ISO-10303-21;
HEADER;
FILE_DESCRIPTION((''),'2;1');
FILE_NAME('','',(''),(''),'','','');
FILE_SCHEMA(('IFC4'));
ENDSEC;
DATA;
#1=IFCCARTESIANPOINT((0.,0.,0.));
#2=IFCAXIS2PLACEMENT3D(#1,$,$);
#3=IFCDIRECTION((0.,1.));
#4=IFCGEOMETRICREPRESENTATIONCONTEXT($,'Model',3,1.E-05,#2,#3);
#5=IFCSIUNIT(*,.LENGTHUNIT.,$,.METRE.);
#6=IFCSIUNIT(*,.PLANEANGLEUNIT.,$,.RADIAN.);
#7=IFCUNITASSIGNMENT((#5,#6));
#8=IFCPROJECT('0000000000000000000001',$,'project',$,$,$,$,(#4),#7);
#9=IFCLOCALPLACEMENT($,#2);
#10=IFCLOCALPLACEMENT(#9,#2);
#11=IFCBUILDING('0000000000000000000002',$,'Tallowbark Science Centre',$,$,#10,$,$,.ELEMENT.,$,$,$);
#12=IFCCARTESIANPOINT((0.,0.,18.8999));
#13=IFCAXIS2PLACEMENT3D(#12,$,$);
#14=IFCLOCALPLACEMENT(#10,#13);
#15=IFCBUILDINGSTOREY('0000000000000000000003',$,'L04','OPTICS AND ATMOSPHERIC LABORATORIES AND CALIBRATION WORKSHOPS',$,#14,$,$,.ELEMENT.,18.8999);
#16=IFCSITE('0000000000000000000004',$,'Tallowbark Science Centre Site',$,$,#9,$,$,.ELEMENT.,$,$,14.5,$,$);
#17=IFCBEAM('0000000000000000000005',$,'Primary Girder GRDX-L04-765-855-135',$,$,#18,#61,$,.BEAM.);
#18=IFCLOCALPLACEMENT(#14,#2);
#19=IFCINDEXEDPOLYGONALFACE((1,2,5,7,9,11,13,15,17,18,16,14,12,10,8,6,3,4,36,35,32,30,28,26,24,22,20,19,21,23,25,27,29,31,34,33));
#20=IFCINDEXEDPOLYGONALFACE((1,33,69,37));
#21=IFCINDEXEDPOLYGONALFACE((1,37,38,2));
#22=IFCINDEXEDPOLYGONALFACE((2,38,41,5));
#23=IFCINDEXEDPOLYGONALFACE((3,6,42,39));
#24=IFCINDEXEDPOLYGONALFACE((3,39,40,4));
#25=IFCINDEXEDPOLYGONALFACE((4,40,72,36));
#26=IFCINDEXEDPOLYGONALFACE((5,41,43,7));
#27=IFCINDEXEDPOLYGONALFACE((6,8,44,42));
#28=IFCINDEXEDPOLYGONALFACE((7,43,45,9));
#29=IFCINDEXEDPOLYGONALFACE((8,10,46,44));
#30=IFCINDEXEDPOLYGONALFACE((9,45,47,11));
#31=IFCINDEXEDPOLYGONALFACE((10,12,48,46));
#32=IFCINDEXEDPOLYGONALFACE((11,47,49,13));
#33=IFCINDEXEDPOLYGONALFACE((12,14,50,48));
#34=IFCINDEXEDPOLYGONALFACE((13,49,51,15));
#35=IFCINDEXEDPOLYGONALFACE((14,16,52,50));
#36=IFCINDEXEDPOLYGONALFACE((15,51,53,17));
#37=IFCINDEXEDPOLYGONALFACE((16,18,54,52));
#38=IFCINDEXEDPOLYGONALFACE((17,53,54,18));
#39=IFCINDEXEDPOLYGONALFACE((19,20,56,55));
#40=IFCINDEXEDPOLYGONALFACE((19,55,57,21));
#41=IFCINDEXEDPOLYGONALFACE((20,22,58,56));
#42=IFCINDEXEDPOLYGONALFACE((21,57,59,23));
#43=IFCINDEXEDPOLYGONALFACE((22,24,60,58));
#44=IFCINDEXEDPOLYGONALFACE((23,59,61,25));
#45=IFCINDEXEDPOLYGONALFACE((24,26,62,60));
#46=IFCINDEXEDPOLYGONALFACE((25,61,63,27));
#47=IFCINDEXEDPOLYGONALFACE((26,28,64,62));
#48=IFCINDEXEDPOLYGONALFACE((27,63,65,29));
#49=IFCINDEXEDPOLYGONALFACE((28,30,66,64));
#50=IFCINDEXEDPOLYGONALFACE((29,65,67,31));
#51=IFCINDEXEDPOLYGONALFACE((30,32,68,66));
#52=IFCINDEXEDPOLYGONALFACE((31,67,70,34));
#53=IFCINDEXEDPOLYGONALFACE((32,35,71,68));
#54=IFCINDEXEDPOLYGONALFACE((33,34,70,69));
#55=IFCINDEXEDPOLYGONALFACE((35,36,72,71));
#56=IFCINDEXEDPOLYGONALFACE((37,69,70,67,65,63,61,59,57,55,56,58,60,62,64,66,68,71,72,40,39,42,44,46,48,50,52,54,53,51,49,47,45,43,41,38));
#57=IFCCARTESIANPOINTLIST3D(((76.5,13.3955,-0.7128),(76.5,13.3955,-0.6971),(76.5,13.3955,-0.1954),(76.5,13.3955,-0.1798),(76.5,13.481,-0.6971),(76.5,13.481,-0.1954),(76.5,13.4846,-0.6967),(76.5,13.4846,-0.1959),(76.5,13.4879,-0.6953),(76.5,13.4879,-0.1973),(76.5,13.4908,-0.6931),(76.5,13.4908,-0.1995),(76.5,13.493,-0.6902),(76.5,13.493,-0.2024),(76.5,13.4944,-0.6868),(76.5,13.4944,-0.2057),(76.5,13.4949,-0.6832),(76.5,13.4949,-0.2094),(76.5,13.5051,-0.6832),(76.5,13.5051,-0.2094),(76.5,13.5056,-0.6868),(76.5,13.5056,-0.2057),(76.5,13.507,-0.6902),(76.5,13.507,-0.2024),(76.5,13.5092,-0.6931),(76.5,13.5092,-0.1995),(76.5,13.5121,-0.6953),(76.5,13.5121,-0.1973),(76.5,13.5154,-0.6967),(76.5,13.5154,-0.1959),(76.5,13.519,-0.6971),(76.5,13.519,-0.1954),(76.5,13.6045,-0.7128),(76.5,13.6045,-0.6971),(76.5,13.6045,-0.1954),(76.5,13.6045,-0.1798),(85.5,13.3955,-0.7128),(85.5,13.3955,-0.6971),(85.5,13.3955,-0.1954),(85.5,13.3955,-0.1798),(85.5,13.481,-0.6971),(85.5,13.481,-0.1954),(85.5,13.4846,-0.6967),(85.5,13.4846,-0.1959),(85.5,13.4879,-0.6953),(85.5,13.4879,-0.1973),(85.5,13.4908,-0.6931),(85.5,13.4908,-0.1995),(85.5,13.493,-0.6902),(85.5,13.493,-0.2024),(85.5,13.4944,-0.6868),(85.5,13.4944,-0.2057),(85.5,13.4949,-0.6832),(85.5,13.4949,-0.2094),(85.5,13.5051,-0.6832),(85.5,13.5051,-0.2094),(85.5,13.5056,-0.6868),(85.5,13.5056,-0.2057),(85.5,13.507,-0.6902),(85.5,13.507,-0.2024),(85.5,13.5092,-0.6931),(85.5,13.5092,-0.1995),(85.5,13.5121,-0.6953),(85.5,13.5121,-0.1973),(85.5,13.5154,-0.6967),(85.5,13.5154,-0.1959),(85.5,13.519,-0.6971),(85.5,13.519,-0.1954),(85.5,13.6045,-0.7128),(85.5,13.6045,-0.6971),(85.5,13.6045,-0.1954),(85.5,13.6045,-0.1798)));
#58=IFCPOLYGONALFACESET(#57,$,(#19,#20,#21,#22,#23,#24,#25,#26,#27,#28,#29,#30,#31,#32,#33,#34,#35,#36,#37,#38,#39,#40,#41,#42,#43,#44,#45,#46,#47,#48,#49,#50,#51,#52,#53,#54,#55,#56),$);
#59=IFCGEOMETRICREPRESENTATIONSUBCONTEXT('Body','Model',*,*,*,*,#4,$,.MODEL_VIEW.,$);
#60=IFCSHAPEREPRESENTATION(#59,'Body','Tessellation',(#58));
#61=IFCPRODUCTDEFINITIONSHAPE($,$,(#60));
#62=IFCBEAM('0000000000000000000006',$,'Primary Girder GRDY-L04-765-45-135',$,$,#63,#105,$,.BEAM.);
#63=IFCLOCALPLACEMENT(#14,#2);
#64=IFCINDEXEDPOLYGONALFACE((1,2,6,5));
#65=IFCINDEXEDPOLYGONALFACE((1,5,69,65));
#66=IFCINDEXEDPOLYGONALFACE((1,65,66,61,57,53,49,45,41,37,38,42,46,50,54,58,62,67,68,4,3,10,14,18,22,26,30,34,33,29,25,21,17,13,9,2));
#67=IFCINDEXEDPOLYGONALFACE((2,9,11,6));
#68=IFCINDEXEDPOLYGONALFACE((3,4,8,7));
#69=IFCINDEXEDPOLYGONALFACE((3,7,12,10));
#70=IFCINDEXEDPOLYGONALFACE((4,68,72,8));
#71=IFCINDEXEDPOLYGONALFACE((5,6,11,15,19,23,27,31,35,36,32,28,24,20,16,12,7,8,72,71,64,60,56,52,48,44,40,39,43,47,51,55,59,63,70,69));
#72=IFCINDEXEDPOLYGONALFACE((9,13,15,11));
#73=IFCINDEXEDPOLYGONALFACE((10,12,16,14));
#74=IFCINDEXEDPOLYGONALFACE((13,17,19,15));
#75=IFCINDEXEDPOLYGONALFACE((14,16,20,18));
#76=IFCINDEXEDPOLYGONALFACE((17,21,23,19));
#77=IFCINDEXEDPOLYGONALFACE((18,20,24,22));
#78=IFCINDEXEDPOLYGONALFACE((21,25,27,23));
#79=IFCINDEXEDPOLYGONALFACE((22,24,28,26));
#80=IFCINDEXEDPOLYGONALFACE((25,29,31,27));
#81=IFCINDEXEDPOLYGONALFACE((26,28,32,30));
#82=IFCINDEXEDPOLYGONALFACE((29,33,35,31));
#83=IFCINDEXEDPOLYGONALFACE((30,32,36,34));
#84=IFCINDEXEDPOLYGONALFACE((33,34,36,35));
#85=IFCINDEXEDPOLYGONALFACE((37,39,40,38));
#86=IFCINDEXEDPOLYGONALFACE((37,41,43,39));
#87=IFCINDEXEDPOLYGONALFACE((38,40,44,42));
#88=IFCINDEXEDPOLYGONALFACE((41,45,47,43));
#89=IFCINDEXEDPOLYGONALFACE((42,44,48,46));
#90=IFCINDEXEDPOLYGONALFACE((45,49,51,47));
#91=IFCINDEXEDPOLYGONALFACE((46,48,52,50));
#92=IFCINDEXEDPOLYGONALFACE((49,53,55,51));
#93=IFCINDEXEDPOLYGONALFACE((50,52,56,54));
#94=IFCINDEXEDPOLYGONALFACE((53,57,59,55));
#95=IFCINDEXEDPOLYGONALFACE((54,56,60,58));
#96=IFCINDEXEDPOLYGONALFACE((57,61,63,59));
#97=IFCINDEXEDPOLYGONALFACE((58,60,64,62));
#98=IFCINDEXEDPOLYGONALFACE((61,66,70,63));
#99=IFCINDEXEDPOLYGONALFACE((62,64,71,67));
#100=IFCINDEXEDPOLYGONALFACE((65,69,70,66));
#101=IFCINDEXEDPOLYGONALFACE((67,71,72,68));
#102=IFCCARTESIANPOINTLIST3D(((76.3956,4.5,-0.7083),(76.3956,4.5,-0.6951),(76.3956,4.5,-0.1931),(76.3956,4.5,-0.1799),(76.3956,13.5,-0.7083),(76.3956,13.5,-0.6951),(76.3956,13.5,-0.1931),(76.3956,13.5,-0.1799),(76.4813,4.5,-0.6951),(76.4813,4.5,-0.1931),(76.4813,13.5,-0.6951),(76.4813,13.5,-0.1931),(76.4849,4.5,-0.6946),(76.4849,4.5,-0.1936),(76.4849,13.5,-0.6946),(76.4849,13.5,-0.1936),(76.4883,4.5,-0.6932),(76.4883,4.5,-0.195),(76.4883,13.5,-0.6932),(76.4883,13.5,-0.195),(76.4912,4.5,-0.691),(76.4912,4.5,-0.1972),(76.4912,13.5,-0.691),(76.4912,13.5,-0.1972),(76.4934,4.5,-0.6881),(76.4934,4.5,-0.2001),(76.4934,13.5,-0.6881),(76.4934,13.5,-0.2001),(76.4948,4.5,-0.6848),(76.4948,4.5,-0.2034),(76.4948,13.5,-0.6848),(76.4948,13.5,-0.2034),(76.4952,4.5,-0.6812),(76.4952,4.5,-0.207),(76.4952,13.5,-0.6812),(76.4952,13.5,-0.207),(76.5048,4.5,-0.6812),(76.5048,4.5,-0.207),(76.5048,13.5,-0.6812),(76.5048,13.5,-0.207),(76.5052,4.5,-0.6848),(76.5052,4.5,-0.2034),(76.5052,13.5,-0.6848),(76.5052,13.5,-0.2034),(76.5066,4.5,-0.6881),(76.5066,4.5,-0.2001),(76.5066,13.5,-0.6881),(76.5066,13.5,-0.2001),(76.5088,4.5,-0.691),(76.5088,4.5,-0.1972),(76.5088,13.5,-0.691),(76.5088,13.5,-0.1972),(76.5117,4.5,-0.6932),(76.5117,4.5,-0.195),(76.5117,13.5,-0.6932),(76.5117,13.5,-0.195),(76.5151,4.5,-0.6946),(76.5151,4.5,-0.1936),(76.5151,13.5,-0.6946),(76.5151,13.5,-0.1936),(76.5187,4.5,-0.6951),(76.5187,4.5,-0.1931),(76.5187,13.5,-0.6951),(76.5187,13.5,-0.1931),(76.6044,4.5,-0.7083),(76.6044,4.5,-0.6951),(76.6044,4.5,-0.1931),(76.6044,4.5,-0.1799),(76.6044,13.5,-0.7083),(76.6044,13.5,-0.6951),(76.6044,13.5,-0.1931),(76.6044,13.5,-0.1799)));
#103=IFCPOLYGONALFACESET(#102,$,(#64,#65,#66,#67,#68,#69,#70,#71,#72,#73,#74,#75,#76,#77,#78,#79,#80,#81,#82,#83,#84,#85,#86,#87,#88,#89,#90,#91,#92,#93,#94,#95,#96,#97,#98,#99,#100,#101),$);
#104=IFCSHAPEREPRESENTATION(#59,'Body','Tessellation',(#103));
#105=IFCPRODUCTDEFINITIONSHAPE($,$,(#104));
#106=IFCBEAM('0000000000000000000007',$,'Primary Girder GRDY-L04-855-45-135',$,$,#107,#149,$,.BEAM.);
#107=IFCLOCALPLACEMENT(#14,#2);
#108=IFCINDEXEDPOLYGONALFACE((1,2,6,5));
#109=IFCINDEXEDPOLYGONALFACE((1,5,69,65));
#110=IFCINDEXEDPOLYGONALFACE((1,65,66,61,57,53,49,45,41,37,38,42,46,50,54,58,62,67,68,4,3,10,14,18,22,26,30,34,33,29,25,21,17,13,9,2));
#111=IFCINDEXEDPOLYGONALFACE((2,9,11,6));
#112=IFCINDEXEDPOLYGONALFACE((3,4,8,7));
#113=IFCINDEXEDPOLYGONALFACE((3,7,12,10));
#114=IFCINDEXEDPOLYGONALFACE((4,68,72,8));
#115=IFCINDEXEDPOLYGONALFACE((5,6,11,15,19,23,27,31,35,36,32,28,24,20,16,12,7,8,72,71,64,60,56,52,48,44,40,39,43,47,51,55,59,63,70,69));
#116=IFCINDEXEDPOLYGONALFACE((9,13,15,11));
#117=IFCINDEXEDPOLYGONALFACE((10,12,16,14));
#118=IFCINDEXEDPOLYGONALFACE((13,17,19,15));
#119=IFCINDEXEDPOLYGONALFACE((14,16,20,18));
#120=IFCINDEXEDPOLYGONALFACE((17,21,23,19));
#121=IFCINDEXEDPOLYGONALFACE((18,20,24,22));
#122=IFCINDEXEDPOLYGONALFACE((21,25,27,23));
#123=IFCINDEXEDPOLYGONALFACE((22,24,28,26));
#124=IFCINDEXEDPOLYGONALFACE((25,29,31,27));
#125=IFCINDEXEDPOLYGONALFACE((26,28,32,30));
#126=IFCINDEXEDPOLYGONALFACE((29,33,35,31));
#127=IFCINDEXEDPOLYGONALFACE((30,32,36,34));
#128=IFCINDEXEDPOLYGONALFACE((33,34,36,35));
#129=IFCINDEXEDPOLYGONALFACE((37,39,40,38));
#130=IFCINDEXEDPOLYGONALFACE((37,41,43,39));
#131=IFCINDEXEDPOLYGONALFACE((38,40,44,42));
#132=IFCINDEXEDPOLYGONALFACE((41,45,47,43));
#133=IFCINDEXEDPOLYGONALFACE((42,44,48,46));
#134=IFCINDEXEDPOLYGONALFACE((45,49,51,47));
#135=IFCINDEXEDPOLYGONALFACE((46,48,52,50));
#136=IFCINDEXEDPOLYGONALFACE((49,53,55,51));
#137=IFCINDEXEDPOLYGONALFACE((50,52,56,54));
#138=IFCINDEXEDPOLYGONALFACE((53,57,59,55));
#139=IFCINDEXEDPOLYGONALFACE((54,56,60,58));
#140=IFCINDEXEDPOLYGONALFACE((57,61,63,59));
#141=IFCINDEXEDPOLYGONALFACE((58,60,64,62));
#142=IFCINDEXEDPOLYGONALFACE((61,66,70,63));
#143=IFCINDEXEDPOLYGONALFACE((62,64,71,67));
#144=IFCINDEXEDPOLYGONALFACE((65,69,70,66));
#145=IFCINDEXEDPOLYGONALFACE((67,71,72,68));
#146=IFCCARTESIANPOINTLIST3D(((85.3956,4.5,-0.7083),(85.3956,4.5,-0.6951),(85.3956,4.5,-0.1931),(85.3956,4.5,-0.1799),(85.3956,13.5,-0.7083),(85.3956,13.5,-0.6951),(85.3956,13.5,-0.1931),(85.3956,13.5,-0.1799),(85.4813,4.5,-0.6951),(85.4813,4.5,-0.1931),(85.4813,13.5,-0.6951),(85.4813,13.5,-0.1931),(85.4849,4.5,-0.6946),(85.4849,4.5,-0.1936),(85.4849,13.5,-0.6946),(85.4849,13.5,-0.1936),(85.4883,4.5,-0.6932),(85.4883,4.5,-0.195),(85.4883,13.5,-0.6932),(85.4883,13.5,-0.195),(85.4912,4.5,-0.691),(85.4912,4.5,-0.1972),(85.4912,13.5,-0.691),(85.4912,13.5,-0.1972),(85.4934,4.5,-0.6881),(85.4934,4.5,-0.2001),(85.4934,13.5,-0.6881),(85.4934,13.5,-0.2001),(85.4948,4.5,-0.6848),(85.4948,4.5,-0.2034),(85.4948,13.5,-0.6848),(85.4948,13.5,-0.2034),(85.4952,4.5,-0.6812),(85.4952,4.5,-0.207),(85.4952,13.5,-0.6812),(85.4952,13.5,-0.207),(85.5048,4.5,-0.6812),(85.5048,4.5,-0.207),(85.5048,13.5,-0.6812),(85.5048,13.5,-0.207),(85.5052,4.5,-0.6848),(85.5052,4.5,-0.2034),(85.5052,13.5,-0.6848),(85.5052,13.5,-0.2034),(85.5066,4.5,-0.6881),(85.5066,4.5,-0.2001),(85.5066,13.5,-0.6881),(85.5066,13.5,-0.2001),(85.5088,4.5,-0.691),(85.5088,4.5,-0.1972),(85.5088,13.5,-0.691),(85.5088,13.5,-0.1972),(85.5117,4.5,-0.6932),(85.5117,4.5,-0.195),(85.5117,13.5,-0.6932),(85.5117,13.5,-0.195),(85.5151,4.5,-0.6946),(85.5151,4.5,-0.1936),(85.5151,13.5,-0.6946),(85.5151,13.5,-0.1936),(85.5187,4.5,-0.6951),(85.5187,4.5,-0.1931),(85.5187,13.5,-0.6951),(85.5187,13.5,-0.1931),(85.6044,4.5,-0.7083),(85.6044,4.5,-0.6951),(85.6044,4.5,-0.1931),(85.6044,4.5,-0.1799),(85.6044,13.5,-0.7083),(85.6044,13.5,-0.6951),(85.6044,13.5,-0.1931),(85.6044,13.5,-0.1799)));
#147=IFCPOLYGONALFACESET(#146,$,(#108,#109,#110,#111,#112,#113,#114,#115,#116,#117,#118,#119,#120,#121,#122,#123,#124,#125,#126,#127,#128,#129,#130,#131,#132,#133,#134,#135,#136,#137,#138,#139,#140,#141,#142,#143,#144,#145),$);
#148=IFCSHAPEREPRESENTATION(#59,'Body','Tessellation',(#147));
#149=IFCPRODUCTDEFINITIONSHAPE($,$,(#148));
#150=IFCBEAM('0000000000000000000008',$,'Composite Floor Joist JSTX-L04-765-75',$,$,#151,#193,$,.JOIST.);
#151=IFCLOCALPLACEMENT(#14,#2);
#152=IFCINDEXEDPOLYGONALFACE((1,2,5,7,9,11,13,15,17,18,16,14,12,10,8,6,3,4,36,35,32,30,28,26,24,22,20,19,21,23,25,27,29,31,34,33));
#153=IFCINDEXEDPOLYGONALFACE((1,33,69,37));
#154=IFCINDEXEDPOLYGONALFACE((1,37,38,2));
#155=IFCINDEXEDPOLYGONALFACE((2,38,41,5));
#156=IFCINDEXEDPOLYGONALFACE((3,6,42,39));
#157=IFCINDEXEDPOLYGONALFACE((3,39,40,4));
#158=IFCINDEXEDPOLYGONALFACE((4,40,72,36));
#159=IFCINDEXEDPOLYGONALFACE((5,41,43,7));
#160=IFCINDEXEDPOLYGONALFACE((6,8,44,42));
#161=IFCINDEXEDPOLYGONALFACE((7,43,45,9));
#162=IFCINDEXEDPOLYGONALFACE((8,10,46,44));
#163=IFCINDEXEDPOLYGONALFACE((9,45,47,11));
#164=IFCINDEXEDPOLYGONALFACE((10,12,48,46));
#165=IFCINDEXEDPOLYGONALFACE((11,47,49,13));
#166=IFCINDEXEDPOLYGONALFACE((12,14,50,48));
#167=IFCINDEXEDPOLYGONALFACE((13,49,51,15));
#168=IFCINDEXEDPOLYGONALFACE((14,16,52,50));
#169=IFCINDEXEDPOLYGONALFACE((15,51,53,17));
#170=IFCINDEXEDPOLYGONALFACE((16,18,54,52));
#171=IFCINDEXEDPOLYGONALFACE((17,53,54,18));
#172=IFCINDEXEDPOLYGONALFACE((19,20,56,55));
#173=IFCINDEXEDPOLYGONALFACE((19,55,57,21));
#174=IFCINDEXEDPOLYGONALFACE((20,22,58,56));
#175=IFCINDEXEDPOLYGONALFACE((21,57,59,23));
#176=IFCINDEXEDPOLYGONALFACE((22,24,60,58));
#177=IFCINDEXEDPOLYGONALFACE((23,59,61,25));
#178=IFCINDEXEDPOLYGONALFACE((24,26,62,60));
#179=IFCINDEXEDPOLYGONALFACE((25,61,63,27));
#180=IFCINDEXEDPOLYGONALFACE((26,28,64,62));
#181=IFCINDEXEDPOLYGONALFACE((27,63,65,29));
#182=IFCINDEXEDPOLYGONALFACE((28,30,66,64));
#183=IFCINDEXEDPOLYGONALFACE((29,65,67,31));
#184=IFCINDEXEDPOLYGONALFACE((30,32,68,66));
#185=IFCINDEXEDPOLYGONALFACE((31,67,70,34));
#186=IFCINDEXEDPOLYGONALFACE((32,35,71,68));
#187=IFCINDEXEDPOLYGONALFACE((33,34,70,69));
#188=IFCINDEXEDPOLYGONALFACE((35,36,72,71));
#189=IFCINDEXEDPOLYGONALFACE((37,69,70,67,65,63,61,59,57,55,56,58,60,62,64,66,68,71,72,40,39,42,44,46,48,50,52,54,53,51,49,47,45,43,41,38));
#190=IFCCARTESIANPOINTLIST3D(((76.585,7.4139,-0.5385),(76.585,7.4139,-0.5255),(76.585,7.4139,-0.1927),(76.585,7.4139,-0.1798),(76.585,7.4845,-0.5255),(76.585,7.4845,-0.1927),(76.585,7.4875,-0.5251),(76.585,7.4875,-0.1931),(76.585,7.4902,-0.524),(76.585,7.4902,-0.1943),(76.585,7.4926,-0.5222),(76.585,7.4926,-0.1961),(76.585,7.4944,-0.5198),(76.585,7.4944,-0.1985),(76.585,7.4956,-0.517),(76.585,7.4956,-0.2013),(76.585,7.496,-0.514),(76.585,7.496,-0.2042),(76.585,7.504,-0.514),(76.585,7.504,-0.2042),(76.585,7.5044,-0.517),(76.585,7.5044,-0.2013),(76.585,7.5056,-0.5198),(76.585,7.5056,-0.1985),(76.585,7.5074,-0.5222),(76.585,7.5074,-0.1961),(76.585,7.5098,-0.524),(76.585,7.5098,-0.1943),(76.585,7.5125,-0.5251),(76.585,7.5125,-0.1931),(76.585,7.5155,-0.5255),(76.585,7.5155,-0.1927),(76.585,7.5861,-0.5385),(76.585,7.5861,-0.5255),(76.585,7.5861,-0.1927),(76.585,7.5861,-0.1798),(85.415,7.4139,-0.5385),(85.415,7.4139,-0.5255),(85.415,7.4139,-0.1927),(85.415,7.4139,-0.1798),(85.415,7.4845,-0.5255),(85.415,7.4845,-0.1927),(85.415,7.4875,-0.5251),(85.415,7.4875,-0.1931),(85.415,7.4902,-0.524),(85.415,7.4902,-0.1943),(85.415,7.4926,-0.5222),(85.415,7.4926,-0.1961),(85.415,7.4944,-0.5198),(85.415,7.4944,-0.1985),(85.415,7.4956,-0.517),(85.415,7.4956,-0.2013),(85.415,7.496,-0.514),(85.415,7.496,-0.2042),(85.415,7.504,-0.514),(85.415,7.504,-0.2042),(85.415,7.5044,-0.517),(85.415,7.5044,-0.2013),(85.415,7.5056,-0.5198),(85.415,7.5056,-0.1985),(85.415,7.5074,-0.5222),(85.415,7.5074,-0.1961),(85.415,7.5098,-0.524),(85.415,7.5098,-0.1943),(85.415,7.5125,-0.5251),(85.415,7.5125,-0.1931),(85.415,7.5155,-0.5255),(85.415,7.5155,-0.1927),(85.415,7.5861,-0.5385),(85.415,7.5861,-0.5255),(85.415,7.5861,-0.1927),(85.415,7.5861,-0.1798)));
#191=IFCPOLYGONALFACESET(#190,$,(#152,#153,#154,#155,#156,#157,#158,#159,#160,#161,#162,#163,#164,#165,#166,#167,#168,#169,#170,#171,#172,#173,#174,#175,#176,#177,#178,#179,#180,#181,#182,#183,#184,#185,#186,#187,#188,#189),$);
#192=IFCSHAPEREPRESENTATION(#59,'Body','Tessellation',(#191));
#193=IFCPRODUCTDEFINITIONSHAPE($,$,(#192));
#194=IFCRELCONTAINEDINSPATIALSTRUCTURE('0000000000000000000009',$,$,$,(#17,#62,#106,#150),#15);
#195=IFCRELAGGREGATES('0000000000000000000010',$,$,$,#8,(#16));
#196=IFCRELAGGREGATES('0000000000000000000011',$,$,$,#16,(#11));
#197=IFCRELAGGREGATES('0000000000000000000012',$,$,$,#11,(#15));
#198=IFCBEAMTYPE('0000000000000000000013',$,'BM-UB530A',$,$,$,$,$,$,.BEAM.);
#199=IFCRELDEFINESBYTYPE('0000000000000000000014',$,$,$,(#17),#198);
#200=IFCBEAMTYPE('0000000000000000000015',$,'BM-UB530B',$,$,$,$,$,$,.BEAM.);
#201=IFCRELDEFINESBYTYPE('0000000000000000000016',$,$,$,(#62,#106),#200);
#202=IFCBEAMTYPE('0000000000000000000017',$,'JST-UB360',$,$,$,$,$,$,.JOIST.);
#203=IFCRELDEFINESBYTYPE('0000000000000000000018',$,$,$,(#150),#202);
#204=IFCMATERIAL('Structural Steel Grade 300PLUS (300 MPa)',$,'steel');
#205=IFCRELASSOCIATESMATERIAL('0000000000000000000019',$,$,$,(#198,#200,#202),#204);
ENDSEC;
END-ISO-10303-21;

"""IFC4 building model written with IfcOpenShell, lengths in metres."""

from ifc_helpers import new_model, si_unit, direction, frame, origin, origin_2d, place, context, subcontext, project, spatial, i_section, extrude, material, material_profile, profile_set, type_object, element, save


model = new_model("IFC4")

# Units and contexts
model_context = context("Model", 3, precision=1e-05, world=origin(), true_north=direction((0.0, 1.0)))
body_context = subcontext(model_context, "Body", "Model", "MODEL_VIEW")
ifc_project = project(units=[si_unit("LENGTHUNIT", "METRE"), si_unit("PLANEANGLEUNIT", "RADIAN")], contexts=[model_context])

# Site, building, storey
site_placement = place(None, origin())
site = spatial("IfcSite", under=ifc_project, at=site_placement, Name="Tallowbark Science Centre Site", CompositionType="ELEMENT", RefElevation=14.5)
building_placement = place(site_placement, origin())
building = spatial("IfcBuilding", under=site, at=building_placement, Name="Tallowbark Science Centre", CompositionType="ELEMENT")
storey_placement = place(building_placement, frame((0.0, 0.0, 18.8999)))
storey = spatial("IfcBuildingStorey", under=building, at=storey_placement, Name="L04", Description="OPTICS AND ATMOSPHERIC LABORATORIES AND CALIBRATION WORKSHOPS", CompositionType="ELEMENT", Elevation=18.8999)

# Shared definitions
ifc_material_1 = material(Name="Structural Steel Grade 300PLUS (300 MPa)", Category="steel")

# Beams
ifc_material_profile_1 = material_profile(ifc_material_1, i_section(OverallWidth=0.209, OverallDepth=0.533, WebThickness=0.0103, FlangeThickness=0.0156, FilletRadius=0.0139, at=origin_2d()), Name="530UB92.4")
ifc_profile_set_1 = profile_set([ifc_material_profile_1], Name="Structural Steel Grade 300PLUS (300 MPa)")
beam_type_1 = type_object("IfcBeamType", Name="BM-UB530A", PredefinedType="BEAM", material=ifc_profile_set_1)
beam_1_placement = place(storey_placement, frame((76.5, 13.5, -0.4463), z_axis=(1.0, 0.0, 0.0), x_axis=(0.0, 1.0, 0.0)))
element("IfcBeam", 1, at=beam_1_placement, inside=storey, type_object=beam_type_1, Name="Primary Girder GRDX-L04-765-855-135", PredefinedType="BEAM", context=body_context, shape_type="SweptSolid", body=[
    extrude(i_section(OverallWidth=0.209, OverallDepth=0.533, WebThickness=0.0103, FlangeThickness=0.0156, FilletRadius=0.0139, at=origin_2d()), origin(), (0.0, 0.0, 1.0), 9.0),
])
ifc_material_profile_2 = material_profile(ifc_material_1, i_section(OverallWidth=0.2087, OverallDepth=0.5283, WebThickness=0.0095, FlangeThickness=0.0132, FilletRadius=0.0139, at=origin_2d()), Name="530UB82.0")
ifc_profile_set_2 = profile_set([ifc_material_profile_2], Name="Structural Steel Grade 300PLUS (300 MPa)")
beam_type_2 = type_object("IfcBeamType", Name="BM-UB530B", PredefinedType="BEAM", material=ifc_profile_set_2)
for number, where, z_axis, x_axis, name in (
    (2, (76.5, 4.5, -0.4441), (0.0, 1.0, 0.0), (-1.0, 0.0, 0.0), "Primary Girder GRDY-L04-765-45-135"),
    (3, (85.5, 4.5, -0.4441), (0.0, 1.0, 0.0), (-1.0, 0.0, 0.0), "Primary Girder GRDY-L04-855-45-135"),
):
    element("IfcBeam", number, at=place(storey_placement, frame(where, z_axis=z_axis, x_axis=x_axis)), inside=storey, type_object=beam_type_2, Name=name, PredefinedType="BEAM", context=body_context, shape_type="SweptSolid", body=[
        extrude(i_section(OverallWidth=0.2087, OverallDepth=0.5283, WebThickness=0.0095, FlangeThickness=0.0132, FilletRadius=0.0139, at=origin_2d()), origin(), (0.0, 0.0, 1.0), 9.0),
    ])
ifc_material_profile_3 = material_profile(ifc_material_1, i_section(OverallWidth=0.1721, OverallDepth=0.3586, WebThickness=0.0081, FlangeThickness=0.0129, FilletRadius=0.0115, at=origin_2d()), Name="360UB56.7")
ifc_profile_set_3 = profile_set([ifc_material_profile_3], Name="Structural Steel Grade 300PLUS (300 MPa)")
beam_type_3 = type_object("IfcBeamType", Name="JST-UB360", PredefinedType="JOIST", material=ifc_profile_set_3)
for number, where, z_axis, x_axis, name in (
    (4, (76.585, 7.5, -0.3591), (1.0, 0.0, 0.0), (0.0, 1.0, 0.0), "Composite Floor Joist JSTX-L04-765-75"),
):
    element("IfcBeam", number, at=place(storey_placement, frame(where, z_axis=z_axis, x_axis=x_axis)), inside=storey, type_object=beam_type_3, Name=name, PredefinedType="JOIST", context=body_context, shape_type="SweptSolid", body=[
        extrude(i_section(OverallWidth=0.1721, OverallDepth=0.3586, WebThickness=0.0081, FlangeThickness=0.0129, FilletRadius=0.0115, at=origin_2d()), origin(), (0.0, 0.0, 1.0), 8.8301),
    ])

save(model, "model.ifc")
